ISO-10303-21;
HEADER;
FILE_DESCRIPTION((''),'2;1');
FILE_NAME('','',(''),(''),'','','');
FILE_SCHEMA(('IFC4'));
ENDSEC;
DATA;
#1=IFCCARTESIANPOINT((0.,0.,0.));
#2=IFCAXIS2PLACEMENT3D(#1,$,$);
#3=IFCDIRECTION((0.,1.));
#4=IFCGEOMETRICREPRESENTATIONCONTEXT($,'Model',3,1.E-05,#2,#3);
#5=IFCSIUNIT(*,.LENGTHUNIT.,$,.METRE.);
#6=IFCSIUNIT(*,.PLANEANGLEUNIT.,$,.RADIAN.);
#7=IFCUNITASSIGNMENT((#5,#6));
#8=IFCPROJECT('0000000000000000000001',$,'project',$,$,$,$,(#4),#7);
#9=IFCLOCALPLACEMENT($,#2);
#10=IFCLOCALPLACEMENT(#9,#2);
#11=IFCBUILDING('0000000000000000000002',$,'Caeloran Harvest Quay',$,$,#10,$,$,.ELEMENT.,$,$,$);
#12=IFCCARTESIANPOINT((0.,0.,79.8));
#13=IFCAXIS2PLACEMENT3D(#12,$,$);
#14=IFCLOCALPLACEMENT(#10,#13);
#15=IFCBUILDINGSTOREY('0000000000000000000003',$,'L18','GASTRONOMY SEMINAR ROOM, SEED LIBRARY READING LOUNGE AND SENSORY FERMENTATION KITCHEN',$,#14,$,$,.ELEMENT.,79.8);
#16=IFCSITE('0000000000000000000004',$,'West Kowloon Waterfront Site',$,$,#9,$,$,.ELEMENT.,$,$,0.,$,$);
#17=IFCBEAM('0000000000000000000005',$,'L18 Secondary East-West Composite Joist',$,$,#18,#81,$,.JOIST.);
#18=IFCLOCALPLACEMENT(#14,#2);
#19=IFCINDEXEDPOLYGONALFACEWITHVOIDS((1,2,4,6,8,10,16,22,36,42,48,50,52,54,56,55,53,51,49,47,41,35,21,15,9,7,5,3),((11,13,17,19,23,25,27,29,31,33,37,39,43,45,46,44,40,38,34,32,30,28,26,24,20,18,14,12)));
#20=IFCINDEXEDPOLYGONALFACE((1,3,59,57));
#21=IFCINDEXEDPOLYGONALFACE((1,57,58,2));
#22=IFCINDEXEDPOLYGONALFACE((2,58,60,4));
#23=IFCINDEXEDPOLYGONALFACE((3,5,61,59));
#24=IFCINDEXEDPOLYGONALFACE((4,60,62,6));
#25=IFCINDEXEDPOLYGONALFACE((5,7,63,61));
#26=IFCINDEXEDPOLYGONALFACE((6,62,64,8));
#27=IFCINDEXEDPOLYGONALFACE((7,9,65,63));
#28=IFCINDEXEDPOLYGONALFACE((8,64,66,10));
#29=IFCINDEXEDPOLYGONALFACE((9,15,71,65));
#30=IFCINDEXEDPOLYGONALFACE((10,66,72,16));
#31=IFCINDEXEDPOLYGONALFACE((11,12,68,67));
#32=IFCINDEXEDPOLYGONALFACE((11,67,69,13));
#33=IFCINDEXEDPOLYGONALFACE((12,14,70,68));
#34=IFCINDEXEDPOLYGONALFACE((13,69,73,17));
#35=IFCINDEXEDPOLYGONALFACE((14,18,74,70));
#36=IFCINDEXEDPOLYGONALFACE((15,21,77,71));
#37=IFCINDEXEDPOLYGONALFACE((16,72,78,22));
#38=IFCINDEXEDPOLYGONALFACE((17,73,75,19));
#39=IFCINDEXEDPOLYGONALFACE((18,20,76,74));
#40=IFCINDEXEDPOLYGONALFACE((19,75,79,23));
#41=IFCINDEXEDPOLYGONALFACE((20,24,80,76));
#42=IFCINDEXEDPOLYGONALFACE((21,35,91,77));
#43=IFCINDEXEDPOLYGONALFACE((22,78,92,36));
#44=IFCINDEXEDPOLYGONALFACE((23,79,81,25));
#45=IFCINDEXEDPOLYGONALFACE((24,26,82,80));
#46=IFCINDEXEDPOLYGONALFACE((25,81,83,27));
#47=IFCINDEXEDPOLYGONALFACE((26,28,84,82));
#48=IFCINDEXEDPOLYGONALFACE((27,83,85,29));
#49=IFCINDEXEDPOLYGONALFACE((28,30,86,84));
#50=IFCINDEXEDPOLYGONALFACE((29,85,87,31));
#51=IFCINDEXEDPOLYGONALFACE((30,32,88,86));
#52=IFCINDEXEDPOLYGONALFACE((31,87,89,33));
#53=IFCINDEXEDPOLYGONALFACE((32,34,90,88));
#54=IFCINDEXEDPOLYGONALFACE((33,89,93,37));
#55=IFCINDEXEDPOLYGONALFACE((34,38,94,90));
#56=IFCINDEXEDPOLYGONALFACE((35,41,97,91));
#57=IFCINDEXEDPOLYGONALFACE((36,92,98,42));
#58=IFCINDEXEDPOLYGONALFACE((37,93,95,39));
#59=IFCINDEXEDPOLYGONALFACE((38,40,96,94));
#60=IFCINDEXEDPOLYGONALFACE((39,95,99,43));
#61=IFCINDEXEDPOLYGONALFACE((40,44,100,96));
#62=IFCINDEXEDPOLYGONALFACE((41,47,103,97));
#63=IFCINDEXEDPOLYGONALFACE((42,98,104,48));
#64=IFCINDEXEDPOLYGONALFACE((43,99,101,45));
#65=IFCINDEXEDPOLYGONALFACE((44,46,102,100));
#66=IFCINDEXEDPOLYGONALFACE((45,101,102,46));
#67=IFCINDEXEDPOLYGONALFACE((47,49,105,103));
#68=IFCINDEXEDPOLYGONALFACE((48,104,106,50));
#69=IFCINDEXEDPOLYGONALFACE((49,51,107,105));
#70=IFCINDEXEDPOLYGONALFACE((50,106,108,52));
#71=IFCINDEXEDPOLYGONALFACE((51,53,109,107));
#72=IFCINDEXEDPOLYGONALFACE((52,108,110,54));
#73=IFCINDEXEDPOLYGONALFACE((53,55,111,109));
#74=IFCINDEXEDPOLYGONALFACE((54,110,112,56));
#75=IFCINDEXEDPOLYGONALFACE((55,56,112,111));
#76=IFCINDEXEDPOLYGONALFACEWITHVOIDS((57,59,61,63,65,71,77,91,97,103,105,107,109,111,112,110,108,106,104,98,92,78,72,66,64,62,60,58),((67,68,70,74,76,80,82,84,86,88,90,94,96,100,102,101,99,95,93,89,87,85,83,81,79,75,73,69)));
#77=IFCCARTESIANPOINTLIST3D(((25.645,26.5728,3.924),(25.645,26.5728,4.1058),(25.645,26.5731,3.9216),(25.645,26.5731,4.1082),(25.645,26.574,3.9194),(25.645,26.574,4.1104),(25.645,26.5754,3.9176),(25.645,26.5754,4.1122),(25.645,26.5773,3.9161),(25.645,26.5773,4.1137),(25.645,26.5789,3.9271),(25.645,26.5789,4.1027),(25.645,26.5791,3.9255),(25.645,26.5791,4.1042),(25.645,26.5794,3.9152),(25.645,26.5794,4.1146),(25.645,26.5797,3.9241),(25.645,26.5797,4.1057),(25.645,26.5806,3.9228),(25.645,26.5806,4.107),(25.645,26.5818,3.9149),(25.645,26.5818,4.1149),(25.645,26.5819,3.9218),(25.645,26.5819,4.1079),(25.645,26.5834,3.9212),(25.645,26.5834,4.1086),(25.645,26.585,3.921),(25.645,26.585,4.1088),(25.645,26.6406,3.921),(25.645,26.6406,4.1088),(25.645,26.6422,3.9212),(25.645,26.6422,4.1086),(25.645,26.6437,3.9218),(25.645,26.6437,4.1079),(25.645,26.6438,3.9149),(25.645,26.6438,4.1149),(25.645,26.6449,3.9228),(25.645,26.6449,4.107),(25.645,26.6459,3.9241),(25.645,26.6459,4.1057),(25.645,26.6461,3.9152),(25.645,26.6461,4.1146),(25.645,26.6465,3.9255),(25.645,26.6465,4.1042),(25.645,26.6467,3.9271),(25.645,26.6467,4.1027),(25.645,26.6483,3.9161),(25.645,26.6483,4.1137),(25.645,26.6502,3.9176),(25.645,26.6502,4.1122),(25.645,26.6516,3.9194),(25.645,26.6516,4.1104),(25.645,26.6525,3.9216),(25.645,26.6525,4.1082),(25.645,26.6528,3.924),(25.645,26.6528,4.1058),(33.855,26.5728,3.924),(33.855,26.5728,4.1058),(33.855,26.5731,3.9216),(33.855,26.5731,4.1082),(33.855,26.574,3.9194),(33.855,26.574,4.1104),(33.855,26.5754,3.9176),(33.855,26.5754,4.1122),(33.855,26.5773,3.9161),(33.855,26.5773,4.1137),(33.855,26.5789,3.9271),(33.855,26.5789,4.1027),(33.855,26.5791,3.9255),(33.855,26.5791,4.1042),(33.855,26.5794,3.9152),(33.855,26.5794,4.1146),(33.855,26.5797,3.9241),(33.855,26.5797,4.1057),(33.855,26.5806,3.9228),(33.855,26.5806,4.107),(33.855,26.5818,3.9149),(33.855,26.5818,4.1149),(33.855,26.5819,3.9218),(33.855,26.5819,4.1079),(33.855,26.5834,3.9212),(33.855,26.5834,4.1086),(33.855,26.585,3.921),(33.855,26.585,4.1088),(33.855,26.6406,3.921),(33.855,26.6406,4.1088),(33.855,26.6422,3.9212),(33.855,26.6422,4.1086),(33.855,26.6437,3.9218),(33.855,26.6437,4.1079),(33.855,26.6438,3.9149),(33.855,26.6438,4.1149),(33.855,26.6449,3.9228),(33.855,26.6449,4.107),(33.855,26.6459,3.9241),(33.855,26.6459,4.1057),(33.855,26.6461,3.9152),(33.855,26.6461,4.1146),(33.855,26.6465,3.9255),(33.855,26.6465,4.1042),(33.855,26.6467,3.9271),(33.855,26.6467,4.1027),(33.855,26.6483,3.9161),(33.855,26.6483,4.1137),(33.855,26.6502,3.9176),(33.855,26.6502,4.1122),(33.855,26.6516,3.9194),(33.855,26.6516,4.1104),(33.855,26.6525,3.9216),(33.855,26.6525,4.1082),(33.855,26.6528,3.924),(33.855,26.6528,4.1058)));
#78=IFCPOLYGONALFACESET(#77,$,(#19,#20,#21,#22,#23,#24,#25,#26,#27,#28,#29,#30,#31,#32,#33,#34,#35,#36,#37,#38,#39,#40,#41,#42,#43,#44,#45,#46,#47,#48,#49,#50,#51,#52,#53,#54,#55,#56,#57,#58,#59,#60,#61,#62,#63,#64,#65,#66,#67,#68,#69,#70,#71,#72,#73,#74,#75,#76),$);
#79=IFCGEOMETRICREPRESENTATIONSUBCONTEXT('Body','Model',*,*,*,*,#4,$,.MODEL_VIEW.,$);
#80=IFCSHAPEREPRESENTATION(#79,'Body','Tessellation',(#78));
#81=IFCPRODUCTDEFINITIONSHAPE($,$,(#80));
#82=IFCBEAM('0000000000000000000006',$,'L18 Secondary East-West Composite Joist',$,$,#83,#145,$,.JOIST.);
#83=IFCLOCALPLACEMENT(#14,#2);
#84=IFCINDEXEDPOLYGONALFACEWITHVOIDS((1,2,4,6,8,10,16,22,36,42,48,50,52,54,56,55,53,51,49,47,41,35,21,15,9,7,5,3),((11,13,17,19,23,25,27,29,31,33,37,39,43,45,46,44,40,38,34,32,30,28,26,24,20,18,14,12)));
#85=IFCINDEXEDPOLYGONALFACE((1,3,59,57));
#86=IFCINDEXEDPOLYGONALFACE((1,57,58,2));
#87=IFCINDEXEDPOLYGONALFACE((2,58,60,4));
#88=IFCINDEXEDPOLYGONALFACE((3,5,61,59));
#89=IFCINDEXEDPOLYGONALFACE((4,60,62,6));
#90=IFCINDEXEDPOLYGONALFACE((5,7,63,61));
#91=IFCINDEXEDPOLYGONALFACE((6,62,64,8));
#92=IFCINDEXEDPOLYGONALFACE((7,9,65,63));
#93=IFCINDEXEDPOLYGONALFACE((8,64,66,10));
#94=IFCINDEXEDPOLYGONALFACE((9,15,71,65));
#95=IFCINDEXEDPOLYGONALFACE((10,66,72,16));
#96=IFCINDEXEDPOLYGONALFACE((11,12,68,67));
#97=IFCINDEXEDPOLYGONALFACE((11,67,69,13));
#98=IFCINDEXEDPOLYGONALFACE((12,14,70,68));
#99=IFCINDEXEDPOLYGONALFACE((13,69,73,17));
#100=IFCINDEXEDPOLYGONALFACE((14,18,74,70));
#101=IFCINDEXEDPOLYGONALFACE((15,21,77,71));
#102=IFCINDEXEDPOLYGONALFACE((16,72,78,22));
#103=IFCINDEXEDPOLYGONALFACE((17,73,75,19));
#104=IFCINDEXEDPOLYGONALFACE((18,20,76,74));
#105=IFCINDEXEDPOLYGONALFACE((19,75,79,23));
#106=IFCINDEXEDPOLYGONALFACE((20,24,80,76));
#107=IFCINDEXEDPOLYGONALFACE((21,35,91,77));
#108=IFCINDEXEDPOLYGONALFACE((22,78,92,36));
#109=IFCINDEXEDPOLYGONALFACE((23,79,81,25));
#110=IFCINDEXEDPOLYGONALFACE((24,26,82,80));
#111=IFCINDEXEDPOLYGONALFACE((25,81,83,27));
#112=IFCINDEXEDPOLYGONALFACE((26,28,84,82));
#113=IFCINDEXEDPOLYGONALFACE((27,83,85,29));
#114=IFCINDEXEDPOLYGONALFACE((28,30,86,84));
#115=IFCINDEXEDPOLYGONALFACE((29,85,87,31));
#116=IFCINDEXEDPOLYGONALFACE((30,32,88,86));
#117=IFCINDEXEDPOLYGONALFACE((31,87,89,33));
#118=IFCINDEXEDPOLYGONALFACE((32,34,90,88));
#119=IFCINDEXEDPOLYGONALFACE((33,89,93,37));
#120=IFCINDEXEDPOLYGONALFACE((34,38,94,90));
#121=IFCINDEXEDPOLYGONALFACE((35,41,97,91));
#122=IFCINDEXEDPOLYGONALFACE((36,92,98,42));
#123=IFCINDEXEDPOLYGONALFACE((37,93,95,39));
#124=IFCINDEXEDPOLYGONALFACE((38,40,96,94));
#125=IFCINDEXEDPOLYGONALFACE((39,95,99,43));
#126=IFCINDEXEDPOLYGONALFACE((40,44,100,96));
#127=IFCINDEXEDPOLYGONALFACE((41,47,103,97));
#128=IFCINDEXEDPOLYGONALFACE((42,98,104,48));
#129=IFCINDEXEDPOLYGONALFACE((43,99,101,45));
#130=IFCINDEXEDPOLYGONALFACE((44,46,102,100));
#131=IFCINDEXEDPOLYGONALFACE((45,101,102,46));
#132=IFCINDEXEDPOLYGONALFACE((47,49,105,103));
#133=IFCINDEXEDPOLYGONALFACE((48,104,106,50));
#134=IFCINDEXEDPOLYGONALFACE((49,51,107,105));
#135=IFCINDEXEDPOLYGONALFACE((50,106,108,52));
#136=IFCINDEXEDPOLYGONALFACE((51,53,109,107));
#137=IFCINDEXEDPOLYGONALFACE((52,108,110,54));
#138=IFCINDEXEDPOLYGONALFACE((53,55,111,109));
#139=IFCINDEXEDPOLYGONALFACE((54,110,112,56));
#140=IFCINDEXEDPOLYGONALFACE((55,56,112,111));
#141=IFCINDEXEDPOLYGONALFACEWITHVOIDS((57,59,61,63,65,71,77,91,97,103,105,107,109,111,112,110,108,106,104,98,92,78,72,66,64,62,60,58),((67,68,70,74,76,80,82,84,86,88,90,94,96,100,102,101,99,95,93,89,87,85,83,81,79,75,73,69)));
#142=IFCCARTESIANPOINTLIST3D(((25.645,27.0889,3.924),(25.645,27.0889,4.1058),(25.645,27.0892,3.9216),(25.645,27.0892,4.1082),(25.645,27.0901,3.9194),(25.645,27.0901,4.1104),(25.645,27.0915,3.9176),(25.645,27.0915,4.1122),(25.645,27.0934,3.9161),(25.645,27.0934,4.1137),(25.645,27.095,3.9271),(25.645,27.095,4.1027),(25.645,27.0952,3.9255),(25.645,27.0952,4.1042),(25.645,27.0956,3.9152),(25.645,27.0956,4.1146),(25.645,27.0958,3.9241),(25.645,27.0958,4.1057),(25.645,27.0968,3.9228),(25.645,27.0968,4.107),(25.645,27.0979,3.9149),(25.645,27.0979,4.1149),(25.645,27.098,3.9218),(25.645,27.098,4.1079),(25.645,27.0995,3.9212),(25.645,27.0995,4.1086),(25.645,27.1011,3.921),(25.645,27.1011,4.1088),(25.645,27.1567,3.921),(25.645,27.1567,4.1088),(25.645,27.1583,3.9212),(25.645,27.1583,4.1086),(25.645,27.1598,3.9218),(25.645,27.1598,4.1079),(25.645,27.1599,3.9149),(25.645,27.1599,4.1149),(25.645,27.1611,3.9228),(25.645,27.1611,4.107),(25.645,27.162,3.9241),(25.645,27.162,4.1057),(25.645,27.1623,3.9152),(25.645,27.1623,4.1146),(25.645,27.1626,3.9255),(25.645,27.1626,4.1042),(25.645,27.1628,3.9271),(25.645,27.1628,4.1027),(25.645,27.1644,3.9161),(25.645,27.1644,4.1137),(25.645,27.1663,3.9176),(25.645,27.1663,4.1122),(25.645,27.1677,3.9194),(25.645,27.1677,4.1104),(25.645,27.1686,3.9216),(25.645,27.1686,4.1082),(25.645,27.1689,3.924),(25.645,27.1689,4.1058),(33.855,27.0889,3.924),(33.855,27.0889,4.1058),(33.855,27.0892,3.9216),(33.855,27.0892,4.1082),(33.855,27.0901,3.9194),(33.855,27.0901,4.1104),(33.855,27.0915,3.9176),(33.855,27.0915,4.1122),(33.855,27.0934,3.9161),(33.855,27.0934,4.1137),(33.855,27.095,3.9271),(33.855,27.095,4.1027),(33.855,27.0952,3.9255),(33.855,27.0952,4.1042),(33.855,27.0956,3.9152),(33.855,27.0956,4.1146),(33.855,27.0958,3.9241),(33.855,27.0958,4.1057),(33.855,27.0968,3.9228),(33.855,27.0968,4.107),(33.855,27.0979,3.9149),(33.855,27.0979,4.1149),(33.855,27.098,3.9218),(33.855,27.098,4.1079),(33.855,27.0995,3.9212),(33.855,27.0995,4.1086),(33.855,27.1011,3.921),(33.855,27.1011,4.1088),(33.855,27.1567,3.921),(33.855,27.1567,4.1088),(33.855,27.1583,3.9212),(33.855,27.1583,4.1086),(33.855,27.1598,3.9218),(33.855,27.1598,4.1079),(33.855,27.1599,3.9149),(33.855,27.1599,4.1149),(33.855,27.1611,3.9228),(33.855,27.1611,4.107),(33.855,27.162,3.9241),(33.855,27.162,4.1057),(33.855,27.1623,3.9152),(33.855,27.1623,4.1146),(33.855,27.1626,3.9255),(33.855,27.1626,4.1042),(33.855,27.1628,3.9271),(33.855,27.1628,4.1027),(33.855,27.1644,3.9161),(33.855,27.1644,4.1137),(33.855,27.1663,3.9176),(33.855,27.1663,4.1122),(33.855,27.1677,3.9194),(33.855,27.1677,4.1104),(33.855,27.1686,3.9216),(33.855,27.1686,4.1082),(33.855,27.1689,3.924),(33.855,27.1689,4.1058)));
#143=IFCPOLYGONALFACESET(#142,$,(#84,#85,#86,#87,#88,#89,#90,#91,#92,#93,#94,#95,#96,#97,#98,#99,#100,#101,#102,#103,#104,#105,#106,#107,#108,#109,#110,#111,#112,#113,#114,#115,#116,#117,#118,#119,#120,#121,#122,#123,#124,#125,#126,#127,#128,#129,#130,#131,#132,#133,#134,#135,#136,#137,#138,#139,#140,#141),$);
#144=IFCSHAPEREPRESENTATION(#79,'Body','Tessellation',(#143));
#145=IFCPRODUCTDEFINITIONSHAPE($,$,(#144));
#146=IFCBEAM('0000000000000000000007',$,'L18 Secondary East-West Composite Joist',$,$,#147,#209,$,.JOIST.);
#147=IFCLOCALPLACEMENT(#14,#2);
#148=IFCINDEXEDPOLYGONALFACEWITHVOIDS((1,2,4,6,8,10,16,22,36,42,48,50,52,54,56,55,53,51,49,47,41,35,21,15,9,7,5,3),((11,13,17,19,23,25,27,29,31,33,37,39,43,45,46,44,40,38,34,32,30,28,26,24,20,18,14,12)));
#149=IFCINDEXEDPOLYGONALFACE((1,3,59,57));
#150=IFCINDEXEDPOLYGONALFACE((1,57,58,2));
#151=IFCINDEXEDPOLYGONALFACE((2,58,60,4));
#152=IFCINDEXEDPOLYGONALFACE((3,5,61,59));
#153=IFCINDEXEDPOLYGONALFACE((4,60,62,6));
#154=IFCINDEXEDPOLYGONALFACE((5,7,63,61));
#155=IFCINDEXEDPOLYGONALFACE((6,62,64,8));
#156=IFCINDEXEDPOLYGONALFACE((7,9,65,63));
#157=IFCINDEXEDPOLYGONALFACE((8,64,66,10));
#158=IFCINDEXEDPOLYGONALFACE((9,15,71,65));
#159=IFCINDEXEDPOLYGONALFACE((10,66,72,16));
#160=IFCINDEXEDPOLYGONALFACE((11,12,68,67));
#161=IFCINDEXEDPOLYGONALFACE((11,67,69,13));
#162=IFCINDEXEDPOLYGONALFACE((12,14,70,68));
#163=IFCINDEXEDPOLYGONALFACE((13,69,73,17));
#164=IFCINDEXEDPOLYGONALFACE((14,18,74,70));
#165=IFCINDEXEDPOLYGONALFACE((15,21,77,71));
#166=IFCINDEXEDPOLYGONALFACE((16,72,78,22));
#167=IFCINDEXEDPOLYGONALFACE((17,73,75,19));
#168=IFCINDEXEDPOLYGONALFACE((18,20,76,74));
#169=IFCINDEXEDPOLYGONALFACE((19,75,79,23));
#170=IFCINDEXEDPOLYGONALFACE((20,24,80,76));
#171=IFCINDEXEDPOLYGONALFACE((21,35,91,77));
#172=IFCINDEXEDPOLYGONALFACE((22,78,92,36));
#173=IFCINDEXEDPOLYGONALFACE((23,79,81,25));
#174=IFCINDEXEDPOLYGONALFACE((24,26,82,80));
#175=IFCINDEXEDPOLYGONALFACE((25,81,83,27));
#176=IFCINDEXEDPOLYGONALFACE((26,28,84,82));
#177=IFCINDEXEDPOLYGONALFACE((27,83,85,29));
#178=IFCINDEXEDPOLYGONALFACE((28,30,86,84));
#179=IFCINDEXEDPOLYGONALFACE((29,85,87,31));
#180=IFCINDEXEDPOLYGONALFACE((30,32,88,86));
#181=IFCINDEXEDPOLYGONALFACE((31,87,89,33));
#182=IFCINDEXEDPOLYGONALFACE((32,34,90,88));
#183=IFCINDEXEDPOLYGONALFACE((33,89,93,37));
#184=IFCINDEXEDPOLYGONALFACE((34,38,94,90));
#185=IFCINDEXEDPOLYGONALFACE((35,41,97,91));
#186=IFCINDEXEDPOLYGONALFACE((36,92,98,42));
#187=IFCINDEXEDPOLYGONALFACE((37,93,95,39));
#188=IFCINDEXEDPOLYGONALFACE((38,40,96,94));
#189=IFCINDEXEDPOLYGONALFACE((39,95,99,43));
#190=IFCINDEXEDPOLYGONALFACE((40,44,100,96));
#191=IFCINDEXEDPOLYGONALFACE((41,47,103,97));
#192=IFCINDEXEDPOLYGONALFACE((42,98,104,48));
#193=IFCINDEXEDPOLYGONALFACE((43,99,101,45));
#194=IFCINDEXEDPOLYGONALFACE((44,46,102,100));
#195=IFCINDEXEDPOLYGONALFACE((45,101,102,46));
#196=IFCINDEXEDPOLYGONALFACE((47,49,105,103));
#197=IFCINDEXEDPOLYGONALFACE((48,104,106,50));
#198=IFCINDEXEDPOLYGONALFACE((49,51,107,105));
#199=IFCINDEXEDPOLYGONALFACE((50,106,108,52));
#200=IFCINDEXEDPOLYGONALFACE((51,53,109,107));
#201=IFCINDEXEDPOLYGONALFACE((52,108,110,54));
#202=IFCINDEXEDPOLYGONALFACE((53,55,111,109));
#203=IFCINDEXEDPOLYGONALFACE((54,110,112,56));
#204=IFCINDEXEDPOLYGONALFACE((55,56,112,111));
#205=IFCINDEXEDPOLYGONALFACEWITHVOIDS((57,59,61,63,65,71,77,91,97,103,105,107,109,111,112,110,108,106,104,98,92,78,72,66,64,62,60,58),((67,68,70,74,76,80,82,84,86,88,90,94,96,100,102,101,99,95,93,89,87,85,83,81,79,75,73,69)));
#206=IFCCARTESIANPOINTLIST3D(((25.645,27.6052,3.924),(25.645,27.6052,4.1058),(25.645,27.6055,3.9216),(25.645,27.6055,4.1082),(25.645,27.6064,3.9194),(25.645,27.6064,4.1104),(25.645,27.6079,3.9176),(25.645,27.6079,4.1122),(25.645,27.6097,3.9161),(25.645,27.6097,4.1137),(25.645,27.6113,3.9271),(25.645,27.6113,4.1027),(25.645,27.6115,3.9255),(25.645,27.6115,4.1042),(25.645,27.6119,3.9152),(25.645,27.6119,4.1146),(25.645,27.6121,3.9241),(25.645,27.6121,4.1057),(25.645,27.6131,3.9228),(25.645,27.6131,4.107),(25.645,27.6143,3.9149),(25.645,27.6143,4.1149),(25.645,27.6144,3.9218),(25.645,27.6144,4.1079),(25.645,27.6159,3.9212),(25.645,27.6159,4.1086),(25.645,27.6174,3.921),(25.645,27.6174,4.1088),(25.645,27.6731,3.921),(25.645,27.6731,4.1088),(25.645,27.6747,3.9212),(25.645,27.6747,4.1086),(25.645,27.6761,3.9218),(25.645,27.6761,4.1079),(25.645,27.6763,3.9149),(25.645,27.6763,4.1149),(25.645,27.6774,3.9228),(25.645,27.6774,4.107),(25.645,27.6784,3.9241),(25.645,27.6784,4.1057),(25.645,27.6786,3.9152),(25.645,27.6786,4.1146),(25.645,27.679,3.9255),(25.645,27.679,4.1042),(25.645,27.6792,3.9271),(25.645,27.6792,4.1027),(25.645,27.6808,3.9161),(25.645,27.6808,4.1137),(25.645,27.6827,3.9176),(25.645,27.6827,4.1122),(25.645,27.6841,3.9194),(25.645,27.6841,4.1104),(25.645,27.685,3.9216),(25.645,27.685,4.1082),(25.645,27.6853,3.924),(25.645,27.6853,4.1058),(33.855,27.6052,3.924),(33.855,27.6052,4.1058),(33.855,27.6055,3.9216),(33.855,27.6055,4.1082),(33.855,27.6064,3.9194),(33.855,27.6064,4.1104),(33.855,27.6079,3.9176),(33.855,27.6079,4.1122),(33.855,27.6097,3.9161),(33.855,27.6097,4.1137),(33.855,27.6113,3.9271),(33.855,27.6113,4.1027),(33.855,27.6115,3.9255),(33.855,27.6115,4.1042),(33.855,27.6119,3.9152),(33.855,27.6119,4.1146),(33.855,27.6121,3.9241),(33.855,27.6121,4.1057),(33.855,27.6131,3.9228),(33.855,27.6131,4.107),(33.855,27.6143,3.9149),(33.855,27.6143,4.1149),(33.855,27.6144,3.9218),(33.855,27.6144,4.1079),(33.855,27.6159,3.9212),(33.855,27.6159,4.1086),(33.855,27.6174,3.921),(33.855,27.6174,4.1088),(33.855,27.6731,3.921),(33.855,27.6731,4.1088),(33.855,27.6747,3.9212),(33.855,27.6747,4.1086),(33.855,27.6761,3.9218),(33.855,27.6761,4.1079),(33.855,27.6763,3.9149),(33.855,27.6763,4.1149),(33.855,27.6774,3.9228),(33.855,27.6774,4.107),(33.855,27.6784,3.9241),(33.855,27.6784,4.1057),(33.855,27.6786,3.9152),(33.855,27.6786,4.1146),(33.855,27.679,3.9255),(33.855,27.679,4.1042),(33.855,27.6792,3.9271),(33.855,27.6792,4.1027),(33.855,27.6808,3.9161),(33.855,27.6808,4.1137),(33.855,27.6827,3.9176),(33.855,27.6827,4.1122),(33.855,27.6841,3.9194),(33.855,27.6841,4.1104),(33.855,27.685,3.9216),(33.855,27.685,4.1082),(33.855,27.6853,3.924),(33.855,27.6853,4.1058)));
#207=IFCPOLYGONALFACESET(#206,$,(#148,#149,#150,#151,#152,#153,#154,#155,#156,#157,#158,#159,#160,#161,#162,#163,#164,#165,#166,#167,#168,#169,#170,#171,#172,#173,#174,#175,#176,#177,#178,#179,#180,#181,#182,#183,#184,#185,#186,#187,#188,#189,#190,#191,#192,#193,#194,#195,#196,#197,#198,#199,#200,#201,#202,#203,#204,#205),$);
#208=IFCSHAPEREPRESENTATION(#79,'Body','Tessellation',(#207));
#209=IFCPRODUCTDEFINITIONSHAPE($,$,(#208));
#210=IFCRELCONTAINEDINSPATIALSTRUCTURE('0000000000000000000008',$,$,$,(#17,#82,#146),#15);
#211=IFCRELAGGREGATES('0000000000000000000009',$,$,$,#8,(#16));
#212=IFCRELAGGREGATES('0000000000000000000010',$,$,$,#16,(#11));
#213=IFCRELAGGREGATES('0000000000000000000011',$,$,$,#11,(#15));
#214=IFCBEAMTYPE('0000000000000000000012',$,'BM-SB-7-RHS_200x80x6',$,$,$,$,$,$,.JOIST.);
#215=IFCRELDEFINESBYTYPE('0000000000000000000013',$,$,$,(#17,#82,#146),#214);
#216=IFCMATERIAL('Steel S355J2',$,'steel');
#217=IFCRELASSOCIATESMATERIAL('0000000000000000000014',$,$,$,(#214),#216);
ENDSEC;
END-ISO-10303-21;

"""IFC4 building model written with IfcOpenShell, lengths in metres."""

from ifc_helpers import new_model, si_unit, direction, frame, origin, origin_2d, place, context, subcontext, project, spatial, hollow_rectangle, extrude, material, material_profile, profile_set, type_object, element, save


model = new_model("IFC4")

# Units and contexts
model_context = context("Model", 3, precision=1e-05, world=origin(), true_north=direction((0.0, 1.0)))
body_context = subcontext(model_context, "Body", "Model", "MODEL_VIEW")
ifc_project = project(units=[si_unit("LENGTHUNIT", "METRE"), si_unit("PLANEANGLEUNIT", "RADIAN")], contexts=[model_context])

# Site, building, storey
site_placement = place(None, origin())
site = spatial("IfcSite", under=ifc_project, at=site_placement, Name="West Kowloon Waterfront Site", CompositionType="ELEMENT", RefElevation=0.0)
building_placement = place(site_placement, origin())
building = spatial("IfcBuilding", under=site, at=building_placement, Name="Caeloran Harvest Quay", CompositionType="ELEMENT")
storey_placement = place(building_placement, frame((0.0, 0.0, 79.8)))
storey = spatial("IfcBuildingStorey", under=building, at=storey_placement, Name="L18", Description="GASTRONOMY SEMINAR ROOM, SEED LIBRARY READING LOUNGE AND SENSORY FERMENTATION KITCHEN", CompositionType="ELEMENT", Elevation=79.8)

# Beams
ifc_material_1 = material(Name="Steel S355J2", Category="steel")
ifc_material_profile_1 = material_profile(ifc_material_1, hollow_rectangle(XDim=0.0801, YDim=0.2, WallThickness=0.0061, InnerFilletRadius=0.0061, OuterFilletRadius=0.009, at=origin_2d()), Name="RHS 200x80x6")
ifc_profile_set_1 = profile_set([ifc_material_profile_1], Name="Steel S355J2")
beam_type_1 = type_object("IfcBeamType", Name="BM-SB-7-RHS_200x80x6", PredefinedType="JOIST", material=ifc_profile_set_1)
for number, where, z_axis, x_axis, name in (
    (1, (25.645, 26.6128, 4.0149), (1.0, 0.0, 0.0), (0.0, 1.0, 0.0), "L18 Secondary East-West Composite Joist"),
    (2, (25.645, 27.1289, 4.0149), (1.0, 0.0, 0.0), (0.0, 1.0, 0.0), "L18 Secondary East-West Composite Joist"),
    (3, (25.645, 27.6453, 4.0149), (1.0, 0.0, 0.0), (0.0, 1.0, 0.0), "L18 Secondary East-West Composite Joist"),
):
    element("IfcBeam", number, at=place(storey_placement, frame(where, z_axis=z_axis, x_axis=x_axis)), inside=storey, type_object=beam_type_1, Name=name, PredefinedType="JOIST", context=body_context, shape_type="SweptSolid", body=[
        extrude(hollow_rectangle(XDim=0.0801, YDim=0.2, WallThickness=0.0061, InnerFilletRadius=0.0061, OuterFilletRadius=0.009, at=origin_2d()), origin(), (0.0, 0.0, 1.0), 8.21),
    ])

save(model, "model.ifc")
